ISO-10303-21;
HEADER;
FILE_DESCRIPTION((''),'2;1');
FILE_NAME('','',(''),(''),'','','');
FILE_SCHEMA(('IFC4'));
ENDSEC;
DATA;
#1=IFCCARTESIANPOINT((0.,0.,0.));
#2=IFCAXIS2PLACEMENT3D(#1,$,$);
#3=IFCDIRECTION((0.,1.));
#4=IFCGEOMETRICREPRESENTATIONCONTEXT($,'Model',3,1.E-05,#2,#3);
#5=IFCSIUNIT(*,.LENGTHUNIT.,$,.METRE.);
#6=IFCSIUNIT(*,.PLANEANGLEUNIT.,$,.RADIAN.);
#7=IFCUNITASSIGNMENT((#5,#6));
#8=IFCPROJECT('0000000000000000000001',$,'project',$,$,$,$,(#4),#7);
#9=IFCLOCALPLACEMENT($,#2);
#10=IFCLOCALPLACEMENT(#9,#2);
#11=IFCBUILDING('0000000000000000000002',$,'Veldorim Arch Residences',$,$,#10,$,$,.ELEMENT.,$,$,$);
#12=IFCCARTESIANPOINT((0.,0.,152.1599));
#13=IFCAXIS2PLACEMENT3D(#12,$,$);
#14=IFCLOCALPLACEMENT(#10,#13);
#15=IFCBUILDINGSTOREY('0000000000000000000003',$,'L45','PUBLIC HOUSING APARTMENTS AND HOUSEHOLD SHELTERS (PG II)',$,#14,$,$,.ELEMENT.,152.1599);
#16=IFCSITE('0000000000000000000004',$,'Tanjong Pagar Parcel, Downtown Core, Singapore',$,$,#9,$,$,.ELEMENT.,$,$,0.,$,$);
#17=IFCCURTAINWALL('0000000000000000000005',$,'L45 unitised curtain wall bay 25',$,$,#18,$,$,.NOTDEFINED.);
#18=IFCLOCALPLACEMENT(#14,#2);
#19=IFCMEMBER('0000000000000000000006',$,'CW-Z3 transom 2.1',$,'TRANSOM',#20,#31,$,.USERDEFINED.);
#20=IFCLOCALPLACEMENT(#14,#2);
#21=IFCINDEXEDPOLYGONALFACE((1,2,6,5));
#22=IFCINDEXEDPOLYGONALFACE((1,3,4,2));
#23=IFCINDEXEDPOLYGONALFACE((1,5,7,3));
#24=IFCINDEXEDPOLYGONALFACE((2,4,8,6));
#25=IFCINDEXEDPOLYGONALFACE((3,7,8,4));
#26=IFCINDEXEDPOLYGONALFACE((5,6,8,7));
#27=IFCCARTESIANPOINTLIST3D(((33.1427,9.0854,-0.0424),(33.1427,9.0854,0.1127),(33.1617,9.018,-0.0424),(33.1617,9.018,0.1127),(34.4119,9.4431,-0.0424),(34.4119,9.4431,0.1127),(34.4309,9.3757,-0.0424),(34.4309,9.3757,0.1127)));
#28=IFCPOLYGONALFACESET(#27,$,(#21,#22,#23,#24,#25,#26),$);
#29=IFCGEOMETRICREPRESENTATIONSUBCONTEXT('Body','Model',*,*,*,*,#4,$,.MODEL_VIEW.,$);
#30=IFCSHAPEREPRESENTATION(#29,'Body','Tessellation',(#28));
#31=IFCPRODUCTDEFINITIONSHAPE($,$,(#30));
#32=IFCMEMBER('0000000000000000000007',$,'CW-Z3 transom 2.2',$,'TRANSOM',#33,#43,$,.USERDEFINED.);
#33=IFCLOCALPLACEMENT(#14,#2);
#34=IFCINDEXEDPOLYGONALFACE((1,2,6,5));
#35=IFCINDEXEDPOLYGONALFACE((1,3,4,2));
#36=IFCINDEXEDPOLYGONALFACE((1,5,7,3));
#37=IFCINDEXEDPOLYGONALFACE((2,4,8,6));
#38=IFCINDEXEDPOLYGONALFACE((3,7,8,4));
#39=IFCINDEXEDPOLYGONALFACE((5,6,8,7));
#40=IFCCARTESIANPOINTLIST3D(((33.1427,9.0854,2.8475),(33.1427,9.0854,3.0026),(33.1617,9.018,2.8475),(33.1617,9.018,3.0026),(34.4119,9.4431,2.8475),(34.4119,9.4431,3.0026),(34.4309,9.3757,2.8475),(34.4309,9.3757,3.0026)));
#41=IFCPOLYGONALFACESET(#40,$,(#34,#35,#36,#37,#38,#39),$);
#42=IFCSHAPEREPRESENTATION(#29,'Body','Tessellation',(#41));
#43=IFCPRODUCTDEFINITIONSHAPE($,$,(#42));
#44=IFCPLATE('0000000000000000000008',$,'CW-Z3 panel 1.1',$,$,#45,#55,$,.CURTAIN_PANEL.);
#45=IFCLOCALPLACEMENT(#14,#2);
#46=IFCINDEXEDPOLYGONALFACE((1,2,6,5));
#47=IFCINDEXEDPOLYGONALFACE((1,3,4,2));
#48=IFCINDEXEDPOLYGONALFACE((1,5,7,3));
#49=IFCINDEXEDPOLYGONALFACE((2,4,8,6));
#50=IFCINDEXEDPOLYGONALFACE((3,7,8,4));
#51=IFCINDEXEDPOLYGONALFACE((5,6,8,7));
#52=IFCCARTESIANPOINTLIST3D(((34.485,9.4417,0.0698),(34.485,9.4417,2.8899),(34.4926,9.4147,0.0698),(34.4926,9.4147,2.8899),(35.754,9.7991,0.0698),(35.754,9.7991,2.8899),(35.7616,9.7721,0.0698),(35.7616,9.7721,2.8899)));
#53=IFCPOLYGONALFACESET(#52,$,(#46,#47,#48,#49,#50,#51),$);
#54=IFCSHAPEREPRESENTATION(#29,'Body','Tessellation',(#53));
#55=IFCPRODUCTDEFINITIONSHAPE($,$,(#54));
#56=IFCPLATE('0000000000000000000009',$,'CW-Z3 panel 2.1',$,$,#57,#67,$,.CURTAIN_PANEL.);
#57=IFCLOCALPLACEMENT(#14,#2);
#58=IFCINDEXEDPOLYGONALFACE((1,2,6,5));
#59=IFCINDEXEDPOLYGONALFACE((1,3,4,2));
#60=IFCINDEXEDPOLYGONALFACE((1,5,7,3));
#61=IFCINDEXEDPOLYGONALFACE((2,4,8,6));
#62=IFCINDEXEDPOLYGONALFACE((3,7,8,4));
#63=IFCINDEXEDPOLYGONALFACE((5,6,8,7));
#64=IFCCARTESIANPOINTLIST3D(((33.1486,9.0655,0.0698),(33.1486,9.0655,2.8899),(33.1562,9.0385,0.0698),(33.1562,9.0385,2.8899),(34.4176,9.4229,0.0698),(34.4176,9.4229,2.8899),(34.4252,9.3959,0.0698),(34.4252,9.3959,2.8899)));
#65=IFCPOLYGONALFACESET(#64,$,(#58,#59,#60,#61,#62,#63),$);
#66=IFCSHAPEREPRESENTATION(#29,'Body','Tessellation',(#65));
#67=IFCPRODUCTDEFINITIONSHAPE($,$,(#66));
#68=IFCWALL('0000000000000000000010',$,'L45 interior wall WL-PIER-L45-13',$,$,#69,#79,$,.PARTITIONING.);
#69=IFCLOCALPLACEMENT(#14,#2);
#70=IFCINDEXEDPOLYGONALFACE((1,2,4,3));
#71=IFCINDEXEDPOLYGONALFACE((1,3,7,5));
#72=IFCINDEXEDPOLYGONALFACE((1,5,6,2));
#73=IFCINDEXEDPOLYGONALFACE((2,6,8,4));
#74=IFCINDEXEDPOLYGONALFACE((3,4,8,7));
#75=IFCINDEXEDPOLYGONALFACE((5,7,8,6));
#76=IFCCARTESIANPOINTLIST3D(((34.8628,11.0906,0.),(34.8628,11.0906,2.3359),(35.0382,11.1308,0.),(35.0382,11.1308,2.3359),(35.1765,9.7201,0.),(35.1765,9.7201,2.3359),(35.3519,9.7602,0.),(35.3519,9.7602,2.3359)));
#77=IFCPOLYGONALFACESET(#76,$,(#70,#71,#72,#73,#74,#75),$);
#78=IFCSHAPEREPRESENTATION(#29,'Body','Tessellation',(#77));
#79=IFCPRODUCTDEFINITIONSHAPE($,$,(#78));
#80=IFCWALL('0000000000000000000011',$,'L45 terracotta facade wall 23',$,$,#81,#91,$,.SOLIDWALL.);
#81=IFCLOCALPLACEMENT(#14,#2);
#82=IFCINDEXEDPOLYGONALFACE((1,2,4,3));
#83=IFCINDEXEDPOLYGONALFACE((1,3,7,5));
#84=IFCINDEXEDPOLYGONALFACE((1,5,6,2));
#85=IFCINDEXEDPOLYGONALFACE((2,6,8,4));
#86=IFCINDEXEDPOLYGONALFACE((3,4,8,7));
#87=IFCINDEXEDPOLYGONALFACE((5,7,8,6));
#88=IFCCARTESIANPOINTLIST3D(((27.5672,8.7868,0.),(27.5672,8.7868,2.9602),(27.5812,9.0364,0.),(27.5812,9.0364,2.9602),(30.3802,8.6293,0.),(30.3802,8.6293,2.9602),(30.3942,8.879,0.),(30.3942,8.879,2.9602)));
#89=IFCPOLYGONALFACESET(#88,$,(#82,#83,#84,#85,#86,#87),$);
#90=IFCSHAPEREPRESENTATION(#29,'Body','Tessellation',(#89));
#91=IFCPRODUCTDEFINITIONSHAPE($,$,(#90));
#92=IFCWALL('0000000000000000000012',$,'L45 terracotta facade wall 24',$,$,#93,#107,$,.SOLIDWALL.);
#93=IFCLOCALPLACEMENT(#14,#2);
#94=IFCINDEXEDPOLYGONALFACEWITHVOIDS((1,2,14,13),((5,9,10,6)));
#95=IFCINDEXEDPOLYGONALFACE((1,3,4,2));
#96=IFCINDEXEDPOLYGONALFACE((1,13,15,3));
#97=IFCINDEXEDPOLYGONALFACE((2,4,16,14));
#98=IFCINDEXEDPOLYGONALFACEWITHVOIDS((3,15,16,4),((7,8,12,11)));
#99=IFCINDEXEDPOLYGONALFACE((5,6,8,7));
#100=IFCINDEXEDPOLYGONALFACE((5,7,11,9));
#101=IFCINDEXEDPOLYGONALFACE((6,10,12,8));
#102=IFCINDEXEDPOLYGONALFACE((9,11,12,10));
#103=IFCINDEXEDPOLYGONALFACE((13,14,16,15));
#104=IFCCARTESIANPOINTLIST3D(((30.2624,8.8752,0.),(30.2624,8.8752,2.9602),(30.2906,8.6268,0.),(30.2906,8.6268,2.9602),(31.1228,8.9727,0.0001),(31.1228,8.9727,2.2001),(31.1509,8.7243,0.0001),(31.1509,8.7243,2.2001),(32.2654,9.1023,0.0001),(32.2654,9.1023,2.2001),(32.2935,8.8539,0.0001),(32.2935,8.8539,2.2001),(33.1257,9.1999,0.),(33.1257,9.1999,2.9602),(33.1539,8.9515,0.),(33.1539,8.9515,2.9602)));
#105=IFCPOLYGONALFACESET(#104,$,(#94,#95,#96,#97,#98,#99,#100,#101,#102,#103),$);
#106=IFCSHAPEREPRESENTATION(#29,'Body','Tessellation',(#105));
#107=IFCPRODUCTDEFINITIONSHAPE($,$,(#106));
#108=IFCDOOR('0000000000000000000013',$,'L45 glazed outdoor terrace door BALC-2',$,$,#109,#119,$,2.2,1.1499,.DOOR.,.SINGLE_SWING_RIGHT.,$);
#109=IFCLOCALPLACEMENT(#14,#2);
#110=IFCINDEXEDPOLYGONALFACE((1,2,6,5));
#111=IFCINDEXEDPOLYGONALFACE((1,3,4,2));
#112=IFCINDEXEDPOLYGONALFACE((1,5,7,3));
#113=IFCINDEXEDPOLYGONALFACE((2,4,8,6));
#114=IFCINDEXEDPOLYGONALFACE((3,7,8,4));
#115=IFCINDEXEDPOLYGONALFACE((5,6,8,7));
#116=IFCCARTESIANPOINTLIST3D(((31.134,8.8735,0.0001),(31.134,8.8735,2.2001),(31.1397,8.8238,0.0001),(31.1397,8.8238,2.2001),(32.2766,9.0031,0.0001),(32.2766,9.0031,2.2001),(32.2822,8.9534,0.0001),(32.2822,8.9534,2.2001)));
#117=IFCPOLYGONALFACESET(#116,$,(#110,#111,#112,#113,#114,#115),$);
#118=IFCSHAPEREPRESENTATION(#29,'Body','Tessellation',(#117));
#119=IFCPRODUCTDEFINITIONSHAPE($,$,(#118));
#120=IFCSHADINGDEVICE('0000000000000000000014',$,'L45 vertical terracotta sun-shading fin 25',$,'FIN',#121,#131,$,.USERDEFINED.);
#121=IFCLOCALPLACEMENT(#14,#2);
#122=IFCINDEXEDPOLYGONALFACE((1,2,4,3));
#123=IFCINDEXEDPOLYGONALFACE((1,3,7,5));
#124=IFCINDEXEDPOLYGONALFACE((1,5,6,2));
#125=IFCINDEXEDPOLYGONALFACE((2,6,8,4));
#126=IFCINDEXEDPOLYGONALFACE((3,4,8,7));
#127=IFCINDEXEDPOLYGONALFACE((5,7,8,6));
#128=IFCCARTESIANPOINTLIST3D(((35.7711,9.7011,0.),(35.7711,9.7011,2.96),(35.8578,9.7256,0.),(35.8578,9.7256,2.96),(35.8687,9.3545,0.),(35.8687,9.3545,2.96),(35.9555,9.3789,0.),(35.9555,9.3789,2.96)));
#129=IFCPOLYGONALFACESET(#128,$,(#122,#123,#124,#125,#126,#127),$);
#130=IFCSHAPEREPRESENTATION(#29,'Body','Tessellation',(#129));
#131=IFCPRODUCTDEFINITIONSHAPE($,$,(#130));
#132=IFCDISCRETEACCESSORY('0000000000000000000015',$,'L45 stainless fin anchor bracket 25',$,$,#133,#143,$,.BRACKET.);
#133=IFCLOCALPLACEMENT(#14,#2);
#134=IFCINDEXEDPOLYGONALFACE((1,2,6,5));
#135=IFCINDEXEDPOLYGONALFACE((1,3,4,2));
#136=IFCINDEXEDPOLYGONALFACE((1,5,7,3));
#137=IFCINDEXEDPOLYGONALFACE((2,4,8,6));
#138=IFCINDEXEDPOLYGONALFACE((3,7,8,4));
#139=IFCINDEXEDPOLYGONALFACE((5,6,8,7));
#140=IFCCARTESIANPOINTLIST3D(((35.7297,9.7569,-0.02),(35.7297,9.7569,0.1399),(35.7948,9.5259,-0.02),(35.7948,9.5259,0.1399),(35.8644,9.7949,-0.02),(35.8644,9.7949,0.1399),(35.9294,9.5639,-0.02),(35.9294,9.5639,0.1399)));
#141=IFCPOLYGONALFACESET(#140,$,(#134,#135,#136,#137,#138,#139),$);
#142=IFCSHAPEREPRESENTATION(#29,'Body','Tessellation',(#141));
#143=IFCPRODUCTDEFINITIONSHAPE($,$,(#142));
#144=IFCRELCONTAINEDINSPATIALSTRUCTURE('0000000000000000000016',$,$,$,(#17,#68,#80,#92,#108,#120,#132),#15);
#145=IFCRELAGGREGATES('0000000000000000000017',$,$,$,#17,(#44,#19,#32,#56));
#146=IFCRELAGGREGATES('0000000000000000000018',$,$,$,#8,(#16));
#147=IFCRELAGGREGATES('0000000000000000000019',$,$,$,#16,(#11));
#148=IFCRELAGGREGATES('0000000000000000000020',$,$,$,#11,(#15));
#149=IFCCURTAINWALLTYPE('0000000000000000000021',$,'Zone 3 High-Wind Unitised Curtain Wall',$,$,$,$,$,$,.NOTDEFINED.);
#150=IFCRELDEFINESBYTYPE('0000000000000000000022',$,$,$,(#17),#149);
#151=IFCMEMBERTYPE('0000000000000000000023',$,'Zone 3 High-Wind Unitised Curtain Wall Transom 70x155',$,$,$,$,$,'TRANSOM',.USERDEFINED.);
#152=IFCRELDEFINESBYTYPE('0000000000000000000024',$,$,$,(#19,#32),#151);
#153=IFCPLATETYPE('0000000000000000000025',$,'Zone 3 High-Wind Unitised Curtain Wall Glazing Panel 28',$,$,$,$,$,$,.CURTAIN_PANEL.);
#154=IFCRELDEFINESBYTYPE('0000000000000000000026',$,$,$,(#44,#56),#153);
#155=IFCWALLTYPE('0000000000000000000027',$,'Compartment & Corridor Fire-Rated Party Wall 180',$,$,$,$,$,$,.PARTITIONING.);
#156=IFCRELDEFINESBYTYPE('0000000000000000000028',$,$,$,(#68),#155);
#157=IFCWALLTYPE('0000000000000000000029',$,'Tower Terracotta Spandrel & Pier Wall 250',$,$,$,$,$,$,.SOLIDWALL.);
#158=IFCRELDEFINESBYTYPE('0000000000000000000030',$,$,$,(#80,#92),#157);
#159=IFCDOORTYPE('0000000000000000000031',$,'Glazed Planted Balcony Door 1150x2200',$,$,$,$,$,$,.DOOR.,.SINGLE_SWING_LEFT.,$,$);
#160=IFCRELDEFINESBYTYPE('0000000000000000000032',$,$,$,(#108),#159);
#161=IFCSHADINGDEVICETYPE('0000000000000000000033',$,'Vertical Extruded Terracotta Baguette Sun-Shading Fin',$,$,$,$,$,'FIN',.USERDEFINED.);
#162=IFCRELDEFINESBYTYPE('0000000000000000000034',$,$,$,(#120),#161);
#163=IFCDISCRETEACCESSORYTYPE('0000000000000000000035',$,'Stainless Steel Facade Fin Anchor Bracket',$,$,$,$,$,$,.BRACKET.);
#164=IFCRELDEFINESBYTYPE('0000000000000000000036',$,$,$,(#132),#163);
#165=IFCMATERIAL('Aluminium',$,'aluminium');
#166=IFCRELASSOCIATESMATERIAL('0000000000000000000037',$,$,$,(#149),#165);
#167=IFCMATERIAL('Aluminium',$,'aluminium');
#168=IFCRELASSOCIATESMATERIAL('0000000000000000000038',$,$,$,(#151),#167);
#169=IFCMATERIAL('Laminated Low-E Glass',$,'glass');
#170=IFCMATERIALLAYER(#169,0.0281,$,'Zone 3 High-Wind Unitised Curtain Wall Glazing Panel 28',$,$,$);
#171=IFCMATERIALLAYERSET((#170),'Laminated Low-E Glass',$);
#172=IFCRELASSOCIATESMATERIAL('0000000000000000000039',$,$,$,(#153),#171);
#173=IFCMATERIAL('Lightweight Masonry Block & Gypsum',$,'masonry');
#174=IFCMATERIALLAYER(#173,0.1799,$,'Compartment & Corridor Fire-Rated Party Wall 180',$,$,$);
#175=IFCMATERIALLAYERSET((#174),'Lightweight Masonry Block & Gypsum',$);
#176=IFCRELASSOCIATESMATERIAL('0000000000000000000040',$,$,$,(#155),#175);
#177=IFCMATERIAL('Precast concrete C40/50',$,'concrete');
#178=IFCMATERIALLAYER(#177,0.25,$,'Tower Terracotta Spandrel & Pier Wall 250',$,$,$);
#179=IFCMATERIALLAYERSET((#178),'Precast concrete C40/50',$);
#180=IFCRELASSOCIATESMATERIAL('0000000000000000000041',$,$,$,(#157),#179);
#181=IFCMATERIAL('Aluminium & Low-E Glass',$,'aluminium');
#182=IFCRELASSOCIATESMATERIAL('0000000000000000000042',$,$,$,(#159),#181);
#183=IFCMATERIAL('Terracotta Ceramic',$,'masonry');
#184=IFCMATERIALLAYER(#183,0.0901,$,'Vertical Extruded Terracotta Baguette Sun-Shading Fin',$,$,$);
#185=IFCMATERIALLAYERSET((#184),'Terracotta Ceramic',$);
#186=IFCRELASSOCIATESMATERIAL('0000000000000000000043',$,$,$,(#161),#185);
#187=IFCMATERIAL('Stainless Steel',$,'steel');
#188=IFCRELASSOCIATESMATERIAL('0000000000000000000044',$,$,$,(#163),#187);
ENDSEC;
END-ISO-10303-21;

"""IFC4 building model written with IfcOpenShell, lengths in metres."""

from ifc_helpers import new_model, si_unit, direction, frame, frame_2d, origin, origin_2d, place, context, subcontext, project, spatial, rectangle, extrude, material, layer, layer_set, material_profile, profile_set, type_object, element, fill, aggregate, save


model = new_model("IFC4")

# Units and contexts
model_context = context("Model", 3, precision=1e-05, world=origin(), true_north=direction((0.0, 1.0)))
body_context = subcontext(model_context, "Body", "Model", "MODEL_VIEW")
ifc_project = project(units=[si_unit("LENGTHUNIT", "METRE"), si_unit("PLANEANGLEUNIT", "RADIAN")], contexts=[model_context])

# Site, building, storey
site_placement = place(None, origin())
site = spatial("IfcSite", under=ifc_project, at=site_placement, Name="Tanjong Pagar Parcel, Downtown Core, Singapore", CompositionType="ELEMENT", RefElevation=0.0)
building_placement = place(site_placement, origin())
building = spatial("IfcBuilding", under=site, at=building_placement, Name="Veldorim Arch Residences", CompositionType="ELEMENT")
storey_placement = place(building_placement, frame((0.0, 0.0, 152.1599)))
storey = spatial("IfcBuildingStorey", under=building, at=storey_placement, Name="L45", Description="PUBLIC HOUSING APARTMENTS AND HOUSEHOLD SHELTERS (PG II)", CompositionType="ELEMENT", Elevation=152.1599)

# Curtain wall, members, plates
ifc_material_1 = material(Name="Aluminium", Category="aluminium")
curtain_wall_type = type_object("IfcCurtainWallType", Name="Zone 3 High-Wind Unitised Curtain Wall", PredefinedType="NOTDEFINED", material=ifc_material_1)
curtain_wall_placement = place(storey_placement, origin())
curtain_wall = element("IfcCurtainWall", 1, at=curtain_wall_placement, inside=storey, type_object=curtain_wall_type, Name="L45 unitised curtain wall bay 25", PredefinedType="NOTDEFINED")
ifc_material_2 = material(Name="Aluminium", Category="aluminium")
ifc_material_profile_1 = material_profile(ifc_material_2, rectangle(XDim=0.0701, YDim=0.155, at=origin_2d()), Name="ALU_TRN_70x155")
ifc_profile_set_1 = profile_set([ifc_material_profile_1], Name="Aluminium")
member_type_1 = type_object("IfcMemberType", Name="Zone 3 High-Wind Unitised Curtain Wall Transom 70x155", ElementType="TRANSOM", PredefinedType="USERDEFINED", material=ifc_profile_set_1)
member_1_placement = place(storey_placement, frame((34.4214, 9.4094, 0.0352), z_axis=(-0.962503, -0.271271, 0.0), x_axis=(0.271271, -0.962503, 0.0)))
member_1 = element("IfcMember", 2, at=member_1_placement, type_object=member_type_1, Name="CW-Z3 transom 2.1", ObjectType="TRANSOM", PredefinedType="USERDEFINED", context=body_context, shape_type="SweptSolid", body=[
    extrude(rectangle(XDim=0.0701, YDim=0.155, at=origin_2d()), origin(), (0.0, 0.0, 1.0), 1.3186),
])
member_2_placement = place(storey_placement, frame((34.4214, 9.4094, 2.925), z_axis=(-0.962503, -0.271271, 0.0), x_axis=(0.271271, -0.962503, 0.0)))
member_2 = element("IfcMember", 3, at=member_2_placement, type_object=member_type_1, Name="CW-Z3 transom 2.2", ObjectType="TRANSOM", PredefinedType="USERDEFINED", context=body_context, shape_type="SweptSolid", body=[
    extrude(rectangle(XDim=0.0701, YDim=0.155, at=origin_2d()), origin(), (0.0, 0.0, 1.0), 1.3186),
])
ifc_material_3 = material(Name="Laminated Low-E Glass", Category="glass")
ifc_layer_1 = layer(ifc_material_3, 0.0281, Name="Zone 3 High-Wind Unitised Curtain Wall Glazing Panel 28")
ifc_layer_set_1 = layer_set([ifc_layer_1], Name="Laminated Low-E Glass")
plate_type = type_object("IfcPlateType", Name="Zone 3 High-Wind Unitised Curtain Wall Glazing Panel 28", PredefinedType="CURTAIN_PANEL", material=ifc_layer_set_1)
plate_1_placement = place(storey_placement, frame((35.1233, 9.6069, 0.0698), z_axis=(0.0, 0.0, 1.0), x_axis=(-0.962551, -0.271101, 0.0)))
plate_1 = element("IfcPlate", 4, at=plate_1_placement, type_object=plate_type, Name="CW-Z3 panel 1.1", PredefinedType="CURTAIN_PANEL", context=body_context, shape_type="SweptSolid", body=[
    extrude(rectangle(XDim=1.3184, YDim=0.0281, at=origin_2d()), origin(), (0.0, 0.0, 1.0), 2.8201),
])
plate_2_placement = place(storey_placement, frame((33.7869, 9.2307, 0.0698), z_axis=(0.0, 0.0, 1.0), x_axis=(-0.962551, -0.271101, 0.0)))
plate_2 = element("IfcPlate", 5, at=plate_2_placement, type_object=plate_type, Name="CW-Z3 panel 2.1", PredefinedType="CURTAIN_PANEL", context=body_context, shape_type="SweptSolid", body=[
    extrude(rectangle(XDim=1.3184, YDim=0.0281, at=origin_2d()), origin(), (0.0, 0.0, 1.0), 2.8201),
])
aggregate(curtain_wall, [plate_1, member_1, member_2, plate_2])

# Walls
ifc_material_4 = material(Name="Lightweight Masonry Block & Gypsum", Category="masonry")
ifc_layer_2 = layer(ifc_material_4, 0.1799, Name="Compartment & Corridor Fire-Rated Party Wall 180")
ifc_layer_set_2 = layer_set([ifc_layer_2], Name="Lightweight Masonry Block & Gypsum")
wall_type_1 = type_object("IfcWallType", Name="Compartment & Corridor Fire-Rated Party Wall 180", PredefinedType="PARTITIONING", material=ifc_layer_set_2)
wall_1_placement = place(storey_placement, frame((34.9504, 11.1108, 0.0), z_axis=(0.0, 0.0, 1.0), x_axis=(0.223122, -0.974791, 0.0)))
element("IfcWall", 6, at=wall_1_placement, inside=storey, type_object=wall_type_1, Name="L45 interior wall WL-PIER-L45-13", PredefinedType="PARTITIONING", context=body_context, shape_type="SweptSolid", body=[
    extrude(rectangle(XDim=1.406, YDim=0.1799, at=frame_2d((0.7031, 0.0))), origin(), (0.0, 0.0, 1.0), 2.3359),
])
ifc_material_5 = material(Name="Precast concrete C40/50", Category="concrete")
ifc_layer_3 = layer(ifc_material_5, 0.25, Name="Tower Terracotta Spandrel & Pier Wall 250")
ifc_layer_set_3 = layer_set([ifc_layer_3], Name="Precast concrete C40/50")
wall_type_2 = type_object("IfcWallType", Name="Tower Terracotta Spandrel & Pier Wall 250", PredefinedType="SOLIDWALL", material=ifc_layer_set_3)
wall_2_placement = place(storey_placement, frame((30.3872, 8.7542, 0.0), z_axis=(0.0, 0.0, 1.0), x_axis=(-0.998437, 0.055892, 0.0)))
element("IfcWall", 7, at=wall_2_placement, inside=storey, type_object=wall_type_2, Name="L45 terracotta facade wall 23", PredefinedType="SOLIDWALL", context=body_context, shape_type="SweptSolid", body=[
    extrude(rectangle(XDim=2.8174, YDim=0.25, at=frame_2d((1.4087, 0.0))), origin(), (0.0, 0.0, 1.0), 2.9602),
])

# Wall, opening, door
wall_3_placement = place(storey_placement, frame((33.1399, 9.0757, 0.0), z_axis=(0.0, 0.0, 1.0), x_axis=(-0.993631, -0.112682, 0.0)))
wall_3 = element("IfcWall", 8, at=wall_3_placement, inside=storey, type_object=wall_type_2, Name="L45 terracotta facade wall 24", PredefinedType="SOLIDWALL", context=body_context, shape_type="SweptSolid", body=[
    extrude(rectangle(XDim=2.8816, YDim=0.25, at=frame_2d((1.4409, 0.0))), origin(), (0.0, 0.0, 1.0), 2.9602),
])
opening_placement = place(wall_3_placement, frame((0.866, 0.0, 0.0)))
opening = element("IfcOpeningElement", 9, at=opening_placement, cuts=wall_3, PredefinedType="OPENING", context=body_context, shape_type="SweptSolid", body=[
    extrude(rectangle(XDim=1.1499, YDim=2.2, at=frame_2d((0.575, 1.1001))), frame((0.0, 0.135, 0.0), z_axis=(0.0, -1.0, 0.0), x_axis=(1.0, 0.0, 0.0)), (0.0, 0.0, 1.0), 0.27),
])
ifc_material_6 = material(Name="Aluminium & Low-E Glass", Category="aluminium")
door_type = type_object("IfcDoorType", Name="Glazed Planted Balcony Door 1150x2200", OperationType="SINGLE_SWING_LEFT", PredefinedType="DOOR", material=ifc_material_6)
door_placement = place(opening_placement, origin())
door = element("IfcDoor", 10, at=door_placement, inside=storey, type_object=door_type, Name="L45 glazed outdoor terrace door BALC-2", OperationType="SINGLE_SWING_RIGHT", OverallHeight=2.2, OverallWidth=1.1499, PredefinedType="DOOR", context=body_context, shape_type="SweptSolid", body=[
    extrude(rectangle(XDim=1.1499, YDim=2.2, at=frame_2d((0.575, 1.1001))), frame((0.0, 0.0249, 0.0), z_axis=(0.0, -1.0, 0.0), x_axis=(1.0, 0.0, 0.0)), (0.0, 0.0, 1.0), 0.05),
])
fill(opening, door)

# Shading device
ifc_material_7 = material(Name="Terracotta Ceramic", Category="masonry")
ifc_layer_4 = layer(ifc_material_7, 0.0901, Name="Vertical Extruded Terracotta Baguette Sun-Shading Fin")
ifc_layer_set_4 = layer_set([ifc_layer_4], Name="Terracotta Ceramic")
shading_device_type = type_object("IfcShadingDeviceType", Name="Vertical Extruded Terracotta Baguette Sun-Shading Fin", ElementType="FIN", PredefinedType="USERDEFINED", material=ifc_layer_set_4)
shading_device_placement = place(storey_placement, frame((35.8633, 9.54, 0.0), z_axis=(0.0, 0.0, 1.0), x_axis=(-0.96255, -0.271104, 0.0)))
element("IfcShadingDevice", 11, at=shading_device_placement, inside=storey, type_object=shading_device_type, Name="L45 vertical terracotta sun-shading fin 25", ObjectType="FIN", PredefinedType="USERDEFINED", context=body_context, shape_type="SweptSolid", body=[
    extrude(rectangle(XDim=0.0901, YDim=0.3601, at=origin_2d()), origin(), (0.0, 0.0, 1.0), 2.96),
])

# Discrete accessory
ifc_material_8 = material(Name="Stainless Steel", Category="steel")
discrete_accessory_type = type_object("IfcDiscreteAccessoryType", Name="Stainless Steel Facade Fin Anchor Bracket", PredefinedType="BRACKET", material=ifc_material_8)
discrete_accessory_placement = place(storey_placement, frame((35.8296, 9.6604, -0.02), z_axis=(0.0, 0.0, 1.0), x_axis=(-0.96255, -0.271104, 0.0)))
element("IfcDiscreteAccessory", 12, at=discrete_accessory_placement, inside=storey, type_object=discrete_accessory_type, Name="L45 stainless fin anchor bracket 25", PredefinedType="BRACKET", context=body_context, shape_type="SweptSolid", body=[
    extrude(rectangle(XDim=0.1399, YDim=0.24, at=origin_2d()), origin(), (0.0, 0.0, 1.0), 0.1599),
])

save(model, "model.ifc")
